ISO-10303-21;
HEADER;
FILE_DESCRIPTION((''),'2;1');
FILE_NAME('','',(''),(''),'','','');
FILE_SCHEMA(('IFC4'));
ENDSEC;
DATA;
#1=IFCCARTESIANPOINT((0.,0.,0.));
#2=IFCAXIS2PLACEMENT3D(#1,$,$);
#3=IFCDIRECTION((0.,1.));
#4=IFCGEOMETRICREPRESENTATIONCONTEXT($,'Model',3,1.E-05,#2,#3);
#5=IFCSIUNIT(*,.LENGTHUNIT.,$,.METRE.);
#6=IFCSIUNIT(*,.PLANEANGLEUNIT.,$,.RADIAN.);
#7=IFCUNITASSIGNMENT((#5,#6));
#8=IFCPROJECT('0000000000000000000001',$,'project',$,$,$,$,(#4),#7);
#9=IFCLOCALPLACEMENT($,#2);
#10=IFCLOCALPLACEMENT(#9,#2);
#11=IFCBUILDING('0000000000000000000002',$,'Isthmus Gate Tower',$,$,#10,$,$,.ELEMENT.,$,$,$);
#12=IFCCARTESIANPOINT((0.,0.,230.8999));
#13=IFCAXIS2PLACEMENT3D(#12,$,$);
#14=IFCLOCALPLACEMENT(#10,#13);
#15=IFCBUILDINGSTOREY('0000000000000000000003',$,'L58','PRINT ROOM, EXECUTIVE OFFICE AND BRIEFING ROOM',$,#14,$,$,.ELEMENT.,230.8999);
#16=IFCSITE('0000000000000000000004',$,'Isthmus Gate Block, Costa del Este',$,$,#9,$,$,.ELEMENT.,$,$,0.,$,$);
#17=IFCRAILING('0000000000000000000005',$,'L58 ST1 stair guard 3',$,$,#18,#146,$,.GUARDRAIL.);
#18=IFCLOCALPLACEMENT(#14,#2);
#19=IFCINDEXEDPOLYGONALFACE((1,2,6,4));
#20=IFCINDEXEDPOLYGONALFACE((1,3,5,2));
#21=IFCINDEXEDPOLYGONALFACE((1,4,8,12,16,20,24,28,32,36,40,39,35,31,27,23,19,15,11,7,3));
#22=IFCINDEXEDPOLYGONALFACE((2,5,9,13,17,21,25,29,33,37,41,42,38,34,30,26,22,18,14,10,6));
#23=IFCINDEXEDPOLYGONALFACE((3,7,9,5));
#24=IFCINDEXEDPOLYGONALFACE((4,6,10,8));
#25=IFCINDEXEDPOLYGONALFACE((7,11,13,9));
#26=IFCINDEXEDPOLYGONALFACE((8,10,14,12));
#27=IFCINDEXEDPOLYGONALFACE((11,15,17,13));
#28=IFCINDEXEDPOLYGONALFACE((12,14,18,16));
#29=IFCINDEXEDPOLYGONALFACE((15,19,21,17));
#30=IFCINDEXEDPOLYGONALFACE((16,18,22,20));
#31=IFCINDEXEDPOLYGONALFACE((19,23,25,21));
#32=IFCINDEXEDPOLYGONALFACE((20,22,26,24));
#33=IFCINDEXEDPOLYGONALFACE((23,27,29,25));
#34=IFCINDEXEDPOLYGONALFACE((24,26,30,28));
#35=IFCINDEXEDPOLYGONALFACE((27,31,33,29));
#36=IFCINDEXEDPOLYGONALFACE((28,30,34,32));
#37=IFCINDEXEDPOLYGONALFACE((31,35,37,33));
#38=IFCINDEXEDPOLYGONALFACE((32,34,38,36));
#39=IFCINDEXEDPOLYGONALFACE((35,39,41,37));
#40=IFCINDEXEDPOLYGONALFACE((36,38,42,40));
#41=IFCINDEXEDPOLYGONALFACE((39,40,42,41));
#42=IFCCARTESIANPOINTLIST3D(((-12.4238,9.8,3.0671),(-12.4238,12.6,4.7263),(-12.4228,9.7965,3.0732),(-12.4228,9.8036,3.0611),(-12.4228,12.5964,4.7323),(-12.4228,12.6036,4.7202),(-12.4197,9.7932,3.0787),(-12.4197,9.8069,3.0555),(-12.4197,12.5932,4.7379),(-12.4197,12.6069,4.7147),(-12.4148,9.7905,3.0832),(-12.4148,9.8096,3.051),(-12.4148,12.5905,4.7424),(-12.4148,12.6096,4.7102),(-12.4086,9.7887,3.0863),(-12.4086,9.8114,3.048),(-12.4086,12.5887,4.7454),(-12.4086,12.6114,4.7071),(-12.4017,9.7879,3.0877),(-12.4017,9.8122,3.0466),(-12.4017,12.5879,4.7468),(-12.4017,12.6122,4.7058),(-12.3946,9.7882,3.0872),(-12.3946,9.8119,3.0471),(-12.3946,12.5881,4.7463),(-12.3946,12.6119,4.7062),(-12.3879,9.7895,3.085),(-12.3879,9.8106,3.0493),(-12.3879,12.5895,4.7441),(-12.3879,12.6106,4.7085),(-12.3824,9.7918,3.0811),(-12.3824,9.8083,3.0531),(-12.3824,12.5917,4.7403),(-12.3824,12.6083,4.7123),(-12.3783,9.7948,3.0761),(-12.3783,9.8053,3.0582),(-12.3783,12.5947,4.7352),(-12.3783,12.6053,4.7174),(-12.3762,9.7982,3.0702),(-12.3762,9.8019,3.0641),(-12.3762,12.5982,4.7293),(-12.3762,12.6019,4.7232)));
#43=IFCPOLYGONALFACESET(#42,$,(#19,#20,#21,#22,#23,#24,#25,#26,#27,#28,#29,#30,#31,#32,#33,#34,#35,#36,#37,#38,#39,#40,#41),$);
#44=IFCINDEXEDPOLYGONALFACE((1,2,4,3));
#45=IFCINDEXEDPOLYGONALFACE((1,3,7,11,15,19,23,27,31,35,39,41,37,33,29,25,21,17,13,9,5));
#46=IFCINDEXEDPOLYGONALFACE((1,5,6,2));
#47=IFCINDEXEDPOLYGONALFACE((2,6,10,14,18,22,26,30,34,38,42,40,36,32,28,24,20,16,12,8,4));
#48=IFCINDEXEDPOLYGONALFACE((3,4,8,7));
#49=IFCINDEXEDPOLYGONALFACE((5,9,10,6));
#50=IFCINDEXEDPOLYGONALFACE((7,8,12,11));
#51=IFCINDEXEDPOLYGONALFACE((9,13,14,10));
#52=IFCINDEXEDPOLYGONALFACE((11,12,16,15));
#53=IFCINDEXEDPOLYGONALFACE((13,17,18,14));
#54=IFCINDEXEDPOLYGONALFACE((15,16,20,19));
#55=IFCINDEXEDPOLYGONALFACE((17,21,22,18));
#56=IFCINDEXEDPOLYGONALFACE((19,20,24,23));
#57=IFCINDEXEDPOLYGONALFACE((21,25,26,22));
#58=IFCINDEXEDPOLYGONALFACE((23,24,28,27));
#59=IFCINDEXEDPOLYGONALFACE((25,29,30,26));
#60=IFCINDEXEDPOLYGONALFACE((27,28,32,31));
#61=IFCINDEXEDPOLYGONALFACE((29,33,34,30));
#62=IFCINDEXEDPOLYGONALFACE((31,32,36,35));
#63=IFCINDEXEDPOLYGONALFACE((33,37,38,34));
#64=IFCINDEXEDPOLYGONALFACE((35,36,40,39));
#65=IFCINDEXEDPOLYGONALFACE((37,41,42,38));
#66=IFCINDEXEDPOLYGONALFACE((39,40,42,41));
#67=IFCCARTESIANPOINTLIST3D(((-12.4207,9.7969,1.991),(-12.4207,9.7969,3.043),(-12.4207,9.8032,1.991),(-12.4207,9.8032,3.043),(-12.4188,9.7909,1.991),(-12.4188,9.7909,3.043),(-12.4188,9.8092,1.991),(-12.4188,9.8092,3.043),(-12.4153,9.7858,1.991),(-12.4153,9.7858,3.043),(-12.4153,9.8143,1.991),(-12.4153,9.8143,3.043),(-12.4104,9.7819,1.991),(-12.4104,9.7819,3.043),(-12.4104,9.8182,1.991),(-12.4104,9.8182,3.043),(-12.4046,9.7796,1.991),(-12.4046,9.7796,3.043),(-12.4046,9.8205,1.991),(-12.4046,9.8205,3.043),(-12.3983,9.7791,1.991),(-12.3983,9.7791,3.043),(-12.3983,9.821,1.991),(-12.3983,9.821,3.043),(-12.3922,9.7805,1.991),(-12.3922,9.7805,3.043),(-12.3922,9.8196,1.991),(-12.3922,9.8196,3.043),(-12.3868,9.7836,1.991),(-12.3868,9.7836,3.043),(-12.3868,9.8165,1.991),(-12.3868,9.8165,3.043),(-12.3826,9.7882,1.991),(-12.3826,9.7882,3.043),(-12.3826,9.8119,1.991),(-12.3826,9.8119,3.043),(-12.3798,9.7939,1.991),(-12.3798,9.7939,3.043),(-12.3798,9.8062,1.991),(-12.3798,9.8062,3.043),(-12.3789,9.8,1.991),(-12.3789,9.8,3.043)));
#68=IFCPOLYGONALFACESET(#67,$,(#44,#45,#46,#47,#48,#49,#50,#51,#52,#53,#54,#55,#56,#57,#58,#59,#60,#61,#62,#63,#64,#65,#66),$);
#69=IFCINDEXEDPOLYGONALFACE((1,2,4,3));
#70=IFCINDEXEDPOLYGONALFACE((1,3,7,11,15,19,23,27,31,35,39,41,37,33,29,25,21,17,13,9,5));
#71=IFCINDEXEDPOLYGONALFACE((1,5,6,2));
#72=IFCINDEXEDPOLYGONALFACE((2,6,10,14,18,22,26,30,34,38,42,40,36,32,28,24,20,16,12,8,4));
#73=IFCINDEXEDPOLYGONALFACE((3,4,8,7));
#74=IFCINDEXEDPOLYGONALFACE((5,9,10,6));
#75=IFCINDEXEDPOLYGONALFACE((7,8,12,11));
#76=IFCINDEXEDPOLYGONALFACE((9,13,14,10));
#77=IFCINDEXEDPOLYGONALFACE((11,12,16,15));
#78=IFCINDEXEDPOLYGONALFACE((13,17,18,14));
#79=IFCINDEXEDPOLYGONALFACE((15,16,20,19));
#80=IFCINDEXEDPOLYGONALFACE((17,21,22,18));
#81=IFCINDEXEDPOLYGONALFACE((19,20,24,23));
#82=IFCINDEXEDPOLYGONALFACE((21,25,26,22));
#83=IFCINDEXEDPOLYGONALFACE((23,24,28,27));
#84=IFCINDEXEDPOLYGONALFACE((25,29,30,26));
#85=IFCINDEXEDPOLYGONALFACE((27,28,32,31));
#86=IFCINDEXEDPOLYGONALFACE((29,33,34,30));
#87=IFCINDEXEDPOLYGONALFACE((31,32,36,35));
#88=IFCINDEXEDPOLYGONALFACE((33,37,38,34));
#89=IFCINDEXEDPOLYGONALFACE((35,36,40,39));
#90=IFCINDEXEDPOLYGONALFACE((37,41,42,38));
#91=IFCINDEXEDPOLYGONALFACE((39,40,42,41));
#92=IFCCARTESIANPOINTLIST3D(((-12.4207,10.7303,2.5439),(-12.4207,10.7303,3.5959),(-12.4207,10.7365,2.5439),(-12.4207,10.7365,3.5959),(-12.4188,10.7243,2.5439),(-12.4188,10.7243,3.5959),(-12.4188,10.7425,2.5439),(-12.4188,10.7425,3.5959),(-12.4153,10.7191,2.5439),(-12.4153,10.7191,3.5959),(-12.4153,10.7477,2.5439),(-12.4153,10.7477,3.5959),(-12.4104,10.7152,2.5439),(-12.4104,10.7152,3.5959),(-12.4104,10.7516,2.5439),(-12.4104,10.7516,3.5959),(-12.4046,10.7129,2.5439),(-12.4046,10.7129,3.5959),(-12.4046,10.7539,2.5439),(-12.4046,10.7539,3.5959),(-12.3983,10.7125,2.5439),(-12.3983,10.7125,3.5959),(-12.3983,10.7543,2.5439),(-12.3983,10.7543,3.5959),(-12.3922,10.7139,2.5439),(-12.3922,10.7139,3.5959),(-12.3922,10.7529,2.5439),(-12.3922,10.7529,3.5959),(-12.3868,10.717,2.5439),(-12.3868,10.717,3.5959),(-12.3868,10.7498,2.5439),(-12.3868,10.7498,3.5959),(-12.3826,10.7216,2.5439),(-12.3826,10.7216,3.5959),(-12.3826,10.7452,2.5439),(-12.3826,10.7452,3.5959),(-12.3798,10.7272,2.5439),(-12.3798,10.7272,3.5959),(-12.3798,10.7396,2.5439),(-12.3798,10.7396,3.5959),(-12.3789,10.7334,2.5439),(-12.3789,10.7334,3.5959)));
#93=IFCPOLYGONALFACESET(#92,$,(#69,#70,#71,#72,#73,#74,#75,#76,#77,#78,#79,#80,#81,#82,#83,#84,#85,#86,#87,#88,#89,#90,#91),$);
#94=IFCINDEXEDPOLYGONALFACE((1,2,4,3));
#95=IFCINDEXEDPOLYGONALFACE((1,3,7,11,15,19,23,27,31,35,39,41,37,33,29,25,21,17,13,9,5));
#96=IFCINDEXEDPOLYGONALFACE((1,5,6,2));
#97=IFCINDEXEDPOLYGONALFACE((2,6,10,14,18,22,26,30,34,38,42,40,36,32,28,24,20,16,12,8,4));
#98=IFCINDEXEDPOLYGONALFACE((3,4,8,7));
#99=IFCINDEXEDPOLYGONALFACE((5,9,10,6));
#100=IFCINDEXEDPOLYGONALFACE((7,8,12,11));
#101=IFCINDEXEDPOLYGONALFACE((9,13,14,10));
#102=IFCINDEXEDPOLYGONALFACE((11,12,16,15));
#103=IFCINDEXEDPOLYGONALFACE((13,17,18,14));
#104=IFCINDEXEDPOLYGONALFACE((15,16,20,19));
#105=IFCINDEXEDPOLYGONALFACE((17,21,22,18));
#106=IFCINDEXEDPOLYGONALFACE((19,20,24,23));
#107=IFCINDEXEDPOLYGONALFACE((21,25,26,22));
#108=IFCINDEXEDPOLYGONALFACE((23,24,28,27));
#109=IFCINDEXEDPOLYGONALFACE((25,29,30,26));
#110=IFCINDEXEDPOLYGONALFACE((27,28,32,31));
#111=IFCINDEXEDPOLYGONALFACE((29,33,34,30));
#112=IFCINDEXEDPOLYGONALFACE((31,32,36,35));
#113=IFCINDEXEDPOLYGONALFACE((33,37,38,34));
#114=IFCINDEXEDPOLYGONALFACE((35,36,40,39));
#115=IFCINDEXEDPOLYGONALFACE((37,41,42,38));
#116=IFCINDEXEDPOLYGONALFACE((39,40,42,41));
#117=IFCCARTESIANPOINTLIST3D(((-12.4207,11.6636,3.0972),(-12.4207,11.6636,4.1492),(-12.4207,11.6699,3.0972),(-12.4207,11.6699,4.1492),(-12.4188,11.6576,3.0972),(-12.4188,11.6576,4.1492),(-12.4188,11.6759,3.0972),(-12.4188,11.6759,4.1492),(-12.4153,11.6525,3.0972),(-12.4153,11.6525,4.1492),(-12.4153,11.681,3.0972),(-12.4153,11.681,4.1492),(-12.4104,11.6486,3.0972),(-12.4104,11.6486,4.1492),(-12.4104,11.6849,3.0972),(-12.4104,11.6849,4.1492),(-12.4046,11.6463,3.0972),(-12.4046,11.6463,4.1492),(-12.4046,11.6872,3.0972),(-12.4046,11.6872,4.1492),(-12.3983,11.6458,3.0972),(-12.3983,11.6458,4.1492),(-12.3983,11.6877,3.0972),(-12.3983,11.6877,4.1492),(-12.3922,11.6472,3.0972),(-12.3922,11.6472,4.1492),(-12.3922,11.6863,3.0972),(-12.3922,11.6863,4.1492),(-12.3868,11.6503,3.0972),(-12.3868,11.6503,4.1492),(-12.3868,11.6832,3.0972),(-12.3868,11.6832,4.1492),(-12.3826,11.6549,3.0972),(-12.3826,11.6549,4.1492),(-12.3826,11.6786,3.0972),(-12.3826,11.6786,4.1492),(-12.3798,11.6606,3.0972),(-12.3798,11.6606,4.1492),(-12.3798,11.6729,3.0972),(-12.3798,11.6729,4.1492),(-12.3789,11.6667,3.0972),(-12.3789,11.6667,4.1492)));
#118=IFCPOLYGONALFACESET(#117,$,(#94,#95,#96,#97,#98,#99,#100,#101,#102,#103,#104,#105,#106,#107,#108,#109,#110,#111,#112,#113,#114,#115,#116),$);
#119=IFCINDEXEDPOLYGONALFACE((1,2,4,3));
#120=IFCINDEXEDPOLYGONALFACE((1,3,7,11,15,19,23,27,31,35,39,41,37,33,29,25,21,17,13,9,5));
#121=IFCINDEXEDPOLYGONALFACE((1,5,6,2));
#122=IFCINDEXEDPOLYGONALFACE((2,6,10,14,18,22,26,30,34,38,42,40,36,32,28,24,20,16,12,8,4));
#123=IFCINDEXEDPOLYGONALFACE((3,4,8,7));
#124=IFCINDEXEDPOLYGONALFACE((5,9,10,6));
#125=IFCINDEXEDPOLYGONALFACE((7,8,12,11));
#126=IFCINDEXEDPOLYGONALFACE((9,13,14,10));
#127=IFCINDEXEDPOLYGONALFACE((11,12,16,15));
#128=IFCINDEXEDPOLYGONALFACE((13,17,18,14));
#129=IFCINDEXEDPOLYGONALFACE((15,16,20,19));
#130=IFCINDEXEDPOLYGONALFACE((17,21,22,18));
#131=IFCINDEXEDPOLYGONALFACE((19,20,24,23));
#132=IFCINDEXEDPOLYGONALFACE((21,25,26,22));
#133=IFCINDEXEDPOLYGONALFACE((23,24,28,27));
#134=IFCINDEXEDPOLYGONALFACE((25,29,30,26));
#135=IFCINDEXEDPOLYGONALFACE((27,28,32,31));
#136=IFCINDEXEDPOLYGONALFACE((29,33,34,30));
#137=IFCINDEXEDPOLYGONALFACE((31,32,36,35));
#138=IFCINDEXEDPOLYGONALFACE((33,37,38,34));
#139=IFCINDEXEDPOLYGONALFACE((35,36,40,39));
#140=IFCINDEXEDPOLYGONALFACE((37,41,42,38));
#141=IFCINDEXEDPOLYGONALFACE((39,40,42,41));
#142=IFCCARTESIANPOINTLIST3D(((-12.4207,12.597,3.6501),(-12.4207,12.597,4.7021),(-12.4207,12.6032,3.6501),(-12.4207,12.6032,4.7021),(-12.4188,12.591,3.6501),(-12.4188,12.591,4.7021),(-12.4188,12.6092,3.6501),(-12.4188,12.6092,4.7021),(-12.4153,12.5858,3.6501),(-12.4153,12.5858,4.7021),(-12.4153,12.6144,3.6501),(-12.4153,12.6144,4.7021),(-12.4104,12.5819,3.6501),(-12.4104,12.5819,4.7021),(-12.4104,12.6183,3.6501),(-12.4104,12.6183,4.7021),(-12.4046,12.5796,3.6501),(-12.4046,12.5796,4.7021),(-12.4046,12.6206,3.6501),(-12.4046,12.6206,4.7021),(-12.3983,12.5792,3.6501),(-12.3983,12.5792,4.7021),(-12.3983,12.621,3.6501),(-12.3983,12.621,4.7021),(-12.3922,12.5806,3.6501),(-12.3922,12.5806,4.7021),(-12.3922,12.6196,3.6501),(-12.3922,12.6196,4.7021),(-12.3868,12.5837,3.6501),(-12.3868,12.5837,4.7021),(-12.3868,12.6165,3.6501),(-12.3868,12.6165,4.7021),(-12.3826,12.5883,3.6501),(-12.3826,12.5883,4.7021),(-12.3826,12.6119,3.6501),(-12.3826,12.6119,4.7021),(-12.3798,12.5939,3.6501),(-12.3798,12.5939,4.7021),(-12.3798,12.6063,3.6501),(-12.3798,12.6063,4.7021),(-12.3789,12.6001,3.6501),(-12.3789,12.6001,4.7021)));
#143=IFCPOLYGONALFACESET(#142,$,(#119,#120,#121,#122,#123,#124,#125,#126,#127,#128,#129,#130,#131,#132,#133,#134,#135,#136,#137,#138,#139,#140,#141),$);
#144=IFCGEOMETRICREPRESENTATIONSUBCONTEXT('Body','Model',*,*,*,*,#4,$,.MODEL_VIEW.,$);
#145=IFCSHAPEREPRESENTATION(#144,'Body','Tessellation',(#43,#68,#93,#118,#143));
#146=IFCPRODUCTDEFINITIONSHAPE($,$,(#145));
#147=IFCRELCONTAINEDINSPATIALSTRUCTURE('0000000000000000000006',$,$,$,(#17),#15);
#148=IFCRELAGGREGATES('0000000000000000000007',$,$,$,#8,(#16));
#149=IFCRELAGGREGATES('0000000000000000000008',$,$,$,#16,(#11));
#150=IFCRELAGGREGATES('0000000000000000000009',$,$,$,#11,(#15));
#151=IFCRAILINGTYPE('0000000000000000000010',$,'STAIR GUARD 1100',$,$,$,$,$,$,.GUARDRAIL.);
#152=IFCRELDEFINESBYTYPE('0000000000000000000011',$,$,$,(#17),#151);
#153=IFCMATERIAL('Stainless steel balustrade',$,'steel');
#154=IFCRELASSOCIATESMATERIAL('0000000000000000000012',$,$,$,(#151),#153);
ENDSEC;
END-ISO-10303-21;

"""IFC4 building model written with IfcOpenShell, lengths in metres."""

from ifc_helpers import new_model, si_unit, direction, frame, origin, origin_2d, place, context, subcontext, project, spatial, circle, extrude, material, type_object, element, save


model = new_model("IFC4")

# Units and contexts
model_context = context("Model", 3, precision=1e-05, world=origin(), true_north=direction((0.0, 1.0)))
body_context = subcontext(model_context, "Body", "Model", "MODEL_VIEW")
ifc_project = project(units=[si_unit("LENGTHUNIT", "METRE"), si_unit("PLANEANGLEUNIT", "RADIAN")], contexts=[model_context])

# Site, building, storey
site_placement = place(None, origin())
site = spatial("IfcSite", under=ifc_project, at=site_placement, Name="Isthmus Gate Block, Costa del Este", CompositionType="ELEMENT", RefElevation=0.0)
building_placement = place(site_placement, origin())
building = spatial("IfcBuilding", under=site, at=building_placement, Name="Isthmus Gate Tower", CompositionType="ELEMENT")
storey_placement = place(building_placement, frame((0.0, 0.0, 230.8999)))
storey = spatial("IfcBuildingStorey", under=building, at=storey_placement, Name="L58", Description="PRINT ROOM, EXECUTIVE OFFICE AND BRIEFING ROOM", CompositionType="ELEMENT", Elevation=230.8999)

# Railing
ifc_material_1 = material(Name="Stainless steel balustrade", Category="steel")
railing_type_1 = type_object("IfcRailingType", Name="STAIR GUARD 1100", PredefinedType="GUARDRAIL", material=ifc_material_1)
railing_1_placement = place(storey_placement, frame((-12.3999, 9.8, 1.991)))
element("IfcRailing", 1, at=railing_1_placement, inside=storey, type_object=railing_type_1, Name="L58 ST1 stair guard 3", PredefinedType="GUARDRAIL", context=body_context, shape_type="SweptSolid", body=[
    extrude(circle(Radius=0.0239, at=origin_2d()), frame((0.0, 0.0, 1.0762), z_axis=(0.0, 0.860306, 0.509778), x_axis=(-1.0, 0.0, 0.0)), (0.0, 0.0, 1.0), 3.2546),
    extrude(circle(Radius=0.021, at=origin_2d()), origin(), (0.0, 0.0, 1.0), 1.052),
    extrude(circle(Radius=0.021, at=origin_2d()), frame((0.0, 0.9333, 0.553)), (0.0, 0.0, 1.0), 1.052),
    extrude(circle(Radius=0.021, at=origin_2d()), frame((0.0, 1.8667, 1.1062)), (0.0, 0.0, 1.0), 1.052),
    extrude(circle(Radius=0.021, at=origin_2d()), frame((0.0, 2.8, 1.6592)), (0.0, 0.0, 1.0), 1.052),
])

save(model, "model.ifc")
